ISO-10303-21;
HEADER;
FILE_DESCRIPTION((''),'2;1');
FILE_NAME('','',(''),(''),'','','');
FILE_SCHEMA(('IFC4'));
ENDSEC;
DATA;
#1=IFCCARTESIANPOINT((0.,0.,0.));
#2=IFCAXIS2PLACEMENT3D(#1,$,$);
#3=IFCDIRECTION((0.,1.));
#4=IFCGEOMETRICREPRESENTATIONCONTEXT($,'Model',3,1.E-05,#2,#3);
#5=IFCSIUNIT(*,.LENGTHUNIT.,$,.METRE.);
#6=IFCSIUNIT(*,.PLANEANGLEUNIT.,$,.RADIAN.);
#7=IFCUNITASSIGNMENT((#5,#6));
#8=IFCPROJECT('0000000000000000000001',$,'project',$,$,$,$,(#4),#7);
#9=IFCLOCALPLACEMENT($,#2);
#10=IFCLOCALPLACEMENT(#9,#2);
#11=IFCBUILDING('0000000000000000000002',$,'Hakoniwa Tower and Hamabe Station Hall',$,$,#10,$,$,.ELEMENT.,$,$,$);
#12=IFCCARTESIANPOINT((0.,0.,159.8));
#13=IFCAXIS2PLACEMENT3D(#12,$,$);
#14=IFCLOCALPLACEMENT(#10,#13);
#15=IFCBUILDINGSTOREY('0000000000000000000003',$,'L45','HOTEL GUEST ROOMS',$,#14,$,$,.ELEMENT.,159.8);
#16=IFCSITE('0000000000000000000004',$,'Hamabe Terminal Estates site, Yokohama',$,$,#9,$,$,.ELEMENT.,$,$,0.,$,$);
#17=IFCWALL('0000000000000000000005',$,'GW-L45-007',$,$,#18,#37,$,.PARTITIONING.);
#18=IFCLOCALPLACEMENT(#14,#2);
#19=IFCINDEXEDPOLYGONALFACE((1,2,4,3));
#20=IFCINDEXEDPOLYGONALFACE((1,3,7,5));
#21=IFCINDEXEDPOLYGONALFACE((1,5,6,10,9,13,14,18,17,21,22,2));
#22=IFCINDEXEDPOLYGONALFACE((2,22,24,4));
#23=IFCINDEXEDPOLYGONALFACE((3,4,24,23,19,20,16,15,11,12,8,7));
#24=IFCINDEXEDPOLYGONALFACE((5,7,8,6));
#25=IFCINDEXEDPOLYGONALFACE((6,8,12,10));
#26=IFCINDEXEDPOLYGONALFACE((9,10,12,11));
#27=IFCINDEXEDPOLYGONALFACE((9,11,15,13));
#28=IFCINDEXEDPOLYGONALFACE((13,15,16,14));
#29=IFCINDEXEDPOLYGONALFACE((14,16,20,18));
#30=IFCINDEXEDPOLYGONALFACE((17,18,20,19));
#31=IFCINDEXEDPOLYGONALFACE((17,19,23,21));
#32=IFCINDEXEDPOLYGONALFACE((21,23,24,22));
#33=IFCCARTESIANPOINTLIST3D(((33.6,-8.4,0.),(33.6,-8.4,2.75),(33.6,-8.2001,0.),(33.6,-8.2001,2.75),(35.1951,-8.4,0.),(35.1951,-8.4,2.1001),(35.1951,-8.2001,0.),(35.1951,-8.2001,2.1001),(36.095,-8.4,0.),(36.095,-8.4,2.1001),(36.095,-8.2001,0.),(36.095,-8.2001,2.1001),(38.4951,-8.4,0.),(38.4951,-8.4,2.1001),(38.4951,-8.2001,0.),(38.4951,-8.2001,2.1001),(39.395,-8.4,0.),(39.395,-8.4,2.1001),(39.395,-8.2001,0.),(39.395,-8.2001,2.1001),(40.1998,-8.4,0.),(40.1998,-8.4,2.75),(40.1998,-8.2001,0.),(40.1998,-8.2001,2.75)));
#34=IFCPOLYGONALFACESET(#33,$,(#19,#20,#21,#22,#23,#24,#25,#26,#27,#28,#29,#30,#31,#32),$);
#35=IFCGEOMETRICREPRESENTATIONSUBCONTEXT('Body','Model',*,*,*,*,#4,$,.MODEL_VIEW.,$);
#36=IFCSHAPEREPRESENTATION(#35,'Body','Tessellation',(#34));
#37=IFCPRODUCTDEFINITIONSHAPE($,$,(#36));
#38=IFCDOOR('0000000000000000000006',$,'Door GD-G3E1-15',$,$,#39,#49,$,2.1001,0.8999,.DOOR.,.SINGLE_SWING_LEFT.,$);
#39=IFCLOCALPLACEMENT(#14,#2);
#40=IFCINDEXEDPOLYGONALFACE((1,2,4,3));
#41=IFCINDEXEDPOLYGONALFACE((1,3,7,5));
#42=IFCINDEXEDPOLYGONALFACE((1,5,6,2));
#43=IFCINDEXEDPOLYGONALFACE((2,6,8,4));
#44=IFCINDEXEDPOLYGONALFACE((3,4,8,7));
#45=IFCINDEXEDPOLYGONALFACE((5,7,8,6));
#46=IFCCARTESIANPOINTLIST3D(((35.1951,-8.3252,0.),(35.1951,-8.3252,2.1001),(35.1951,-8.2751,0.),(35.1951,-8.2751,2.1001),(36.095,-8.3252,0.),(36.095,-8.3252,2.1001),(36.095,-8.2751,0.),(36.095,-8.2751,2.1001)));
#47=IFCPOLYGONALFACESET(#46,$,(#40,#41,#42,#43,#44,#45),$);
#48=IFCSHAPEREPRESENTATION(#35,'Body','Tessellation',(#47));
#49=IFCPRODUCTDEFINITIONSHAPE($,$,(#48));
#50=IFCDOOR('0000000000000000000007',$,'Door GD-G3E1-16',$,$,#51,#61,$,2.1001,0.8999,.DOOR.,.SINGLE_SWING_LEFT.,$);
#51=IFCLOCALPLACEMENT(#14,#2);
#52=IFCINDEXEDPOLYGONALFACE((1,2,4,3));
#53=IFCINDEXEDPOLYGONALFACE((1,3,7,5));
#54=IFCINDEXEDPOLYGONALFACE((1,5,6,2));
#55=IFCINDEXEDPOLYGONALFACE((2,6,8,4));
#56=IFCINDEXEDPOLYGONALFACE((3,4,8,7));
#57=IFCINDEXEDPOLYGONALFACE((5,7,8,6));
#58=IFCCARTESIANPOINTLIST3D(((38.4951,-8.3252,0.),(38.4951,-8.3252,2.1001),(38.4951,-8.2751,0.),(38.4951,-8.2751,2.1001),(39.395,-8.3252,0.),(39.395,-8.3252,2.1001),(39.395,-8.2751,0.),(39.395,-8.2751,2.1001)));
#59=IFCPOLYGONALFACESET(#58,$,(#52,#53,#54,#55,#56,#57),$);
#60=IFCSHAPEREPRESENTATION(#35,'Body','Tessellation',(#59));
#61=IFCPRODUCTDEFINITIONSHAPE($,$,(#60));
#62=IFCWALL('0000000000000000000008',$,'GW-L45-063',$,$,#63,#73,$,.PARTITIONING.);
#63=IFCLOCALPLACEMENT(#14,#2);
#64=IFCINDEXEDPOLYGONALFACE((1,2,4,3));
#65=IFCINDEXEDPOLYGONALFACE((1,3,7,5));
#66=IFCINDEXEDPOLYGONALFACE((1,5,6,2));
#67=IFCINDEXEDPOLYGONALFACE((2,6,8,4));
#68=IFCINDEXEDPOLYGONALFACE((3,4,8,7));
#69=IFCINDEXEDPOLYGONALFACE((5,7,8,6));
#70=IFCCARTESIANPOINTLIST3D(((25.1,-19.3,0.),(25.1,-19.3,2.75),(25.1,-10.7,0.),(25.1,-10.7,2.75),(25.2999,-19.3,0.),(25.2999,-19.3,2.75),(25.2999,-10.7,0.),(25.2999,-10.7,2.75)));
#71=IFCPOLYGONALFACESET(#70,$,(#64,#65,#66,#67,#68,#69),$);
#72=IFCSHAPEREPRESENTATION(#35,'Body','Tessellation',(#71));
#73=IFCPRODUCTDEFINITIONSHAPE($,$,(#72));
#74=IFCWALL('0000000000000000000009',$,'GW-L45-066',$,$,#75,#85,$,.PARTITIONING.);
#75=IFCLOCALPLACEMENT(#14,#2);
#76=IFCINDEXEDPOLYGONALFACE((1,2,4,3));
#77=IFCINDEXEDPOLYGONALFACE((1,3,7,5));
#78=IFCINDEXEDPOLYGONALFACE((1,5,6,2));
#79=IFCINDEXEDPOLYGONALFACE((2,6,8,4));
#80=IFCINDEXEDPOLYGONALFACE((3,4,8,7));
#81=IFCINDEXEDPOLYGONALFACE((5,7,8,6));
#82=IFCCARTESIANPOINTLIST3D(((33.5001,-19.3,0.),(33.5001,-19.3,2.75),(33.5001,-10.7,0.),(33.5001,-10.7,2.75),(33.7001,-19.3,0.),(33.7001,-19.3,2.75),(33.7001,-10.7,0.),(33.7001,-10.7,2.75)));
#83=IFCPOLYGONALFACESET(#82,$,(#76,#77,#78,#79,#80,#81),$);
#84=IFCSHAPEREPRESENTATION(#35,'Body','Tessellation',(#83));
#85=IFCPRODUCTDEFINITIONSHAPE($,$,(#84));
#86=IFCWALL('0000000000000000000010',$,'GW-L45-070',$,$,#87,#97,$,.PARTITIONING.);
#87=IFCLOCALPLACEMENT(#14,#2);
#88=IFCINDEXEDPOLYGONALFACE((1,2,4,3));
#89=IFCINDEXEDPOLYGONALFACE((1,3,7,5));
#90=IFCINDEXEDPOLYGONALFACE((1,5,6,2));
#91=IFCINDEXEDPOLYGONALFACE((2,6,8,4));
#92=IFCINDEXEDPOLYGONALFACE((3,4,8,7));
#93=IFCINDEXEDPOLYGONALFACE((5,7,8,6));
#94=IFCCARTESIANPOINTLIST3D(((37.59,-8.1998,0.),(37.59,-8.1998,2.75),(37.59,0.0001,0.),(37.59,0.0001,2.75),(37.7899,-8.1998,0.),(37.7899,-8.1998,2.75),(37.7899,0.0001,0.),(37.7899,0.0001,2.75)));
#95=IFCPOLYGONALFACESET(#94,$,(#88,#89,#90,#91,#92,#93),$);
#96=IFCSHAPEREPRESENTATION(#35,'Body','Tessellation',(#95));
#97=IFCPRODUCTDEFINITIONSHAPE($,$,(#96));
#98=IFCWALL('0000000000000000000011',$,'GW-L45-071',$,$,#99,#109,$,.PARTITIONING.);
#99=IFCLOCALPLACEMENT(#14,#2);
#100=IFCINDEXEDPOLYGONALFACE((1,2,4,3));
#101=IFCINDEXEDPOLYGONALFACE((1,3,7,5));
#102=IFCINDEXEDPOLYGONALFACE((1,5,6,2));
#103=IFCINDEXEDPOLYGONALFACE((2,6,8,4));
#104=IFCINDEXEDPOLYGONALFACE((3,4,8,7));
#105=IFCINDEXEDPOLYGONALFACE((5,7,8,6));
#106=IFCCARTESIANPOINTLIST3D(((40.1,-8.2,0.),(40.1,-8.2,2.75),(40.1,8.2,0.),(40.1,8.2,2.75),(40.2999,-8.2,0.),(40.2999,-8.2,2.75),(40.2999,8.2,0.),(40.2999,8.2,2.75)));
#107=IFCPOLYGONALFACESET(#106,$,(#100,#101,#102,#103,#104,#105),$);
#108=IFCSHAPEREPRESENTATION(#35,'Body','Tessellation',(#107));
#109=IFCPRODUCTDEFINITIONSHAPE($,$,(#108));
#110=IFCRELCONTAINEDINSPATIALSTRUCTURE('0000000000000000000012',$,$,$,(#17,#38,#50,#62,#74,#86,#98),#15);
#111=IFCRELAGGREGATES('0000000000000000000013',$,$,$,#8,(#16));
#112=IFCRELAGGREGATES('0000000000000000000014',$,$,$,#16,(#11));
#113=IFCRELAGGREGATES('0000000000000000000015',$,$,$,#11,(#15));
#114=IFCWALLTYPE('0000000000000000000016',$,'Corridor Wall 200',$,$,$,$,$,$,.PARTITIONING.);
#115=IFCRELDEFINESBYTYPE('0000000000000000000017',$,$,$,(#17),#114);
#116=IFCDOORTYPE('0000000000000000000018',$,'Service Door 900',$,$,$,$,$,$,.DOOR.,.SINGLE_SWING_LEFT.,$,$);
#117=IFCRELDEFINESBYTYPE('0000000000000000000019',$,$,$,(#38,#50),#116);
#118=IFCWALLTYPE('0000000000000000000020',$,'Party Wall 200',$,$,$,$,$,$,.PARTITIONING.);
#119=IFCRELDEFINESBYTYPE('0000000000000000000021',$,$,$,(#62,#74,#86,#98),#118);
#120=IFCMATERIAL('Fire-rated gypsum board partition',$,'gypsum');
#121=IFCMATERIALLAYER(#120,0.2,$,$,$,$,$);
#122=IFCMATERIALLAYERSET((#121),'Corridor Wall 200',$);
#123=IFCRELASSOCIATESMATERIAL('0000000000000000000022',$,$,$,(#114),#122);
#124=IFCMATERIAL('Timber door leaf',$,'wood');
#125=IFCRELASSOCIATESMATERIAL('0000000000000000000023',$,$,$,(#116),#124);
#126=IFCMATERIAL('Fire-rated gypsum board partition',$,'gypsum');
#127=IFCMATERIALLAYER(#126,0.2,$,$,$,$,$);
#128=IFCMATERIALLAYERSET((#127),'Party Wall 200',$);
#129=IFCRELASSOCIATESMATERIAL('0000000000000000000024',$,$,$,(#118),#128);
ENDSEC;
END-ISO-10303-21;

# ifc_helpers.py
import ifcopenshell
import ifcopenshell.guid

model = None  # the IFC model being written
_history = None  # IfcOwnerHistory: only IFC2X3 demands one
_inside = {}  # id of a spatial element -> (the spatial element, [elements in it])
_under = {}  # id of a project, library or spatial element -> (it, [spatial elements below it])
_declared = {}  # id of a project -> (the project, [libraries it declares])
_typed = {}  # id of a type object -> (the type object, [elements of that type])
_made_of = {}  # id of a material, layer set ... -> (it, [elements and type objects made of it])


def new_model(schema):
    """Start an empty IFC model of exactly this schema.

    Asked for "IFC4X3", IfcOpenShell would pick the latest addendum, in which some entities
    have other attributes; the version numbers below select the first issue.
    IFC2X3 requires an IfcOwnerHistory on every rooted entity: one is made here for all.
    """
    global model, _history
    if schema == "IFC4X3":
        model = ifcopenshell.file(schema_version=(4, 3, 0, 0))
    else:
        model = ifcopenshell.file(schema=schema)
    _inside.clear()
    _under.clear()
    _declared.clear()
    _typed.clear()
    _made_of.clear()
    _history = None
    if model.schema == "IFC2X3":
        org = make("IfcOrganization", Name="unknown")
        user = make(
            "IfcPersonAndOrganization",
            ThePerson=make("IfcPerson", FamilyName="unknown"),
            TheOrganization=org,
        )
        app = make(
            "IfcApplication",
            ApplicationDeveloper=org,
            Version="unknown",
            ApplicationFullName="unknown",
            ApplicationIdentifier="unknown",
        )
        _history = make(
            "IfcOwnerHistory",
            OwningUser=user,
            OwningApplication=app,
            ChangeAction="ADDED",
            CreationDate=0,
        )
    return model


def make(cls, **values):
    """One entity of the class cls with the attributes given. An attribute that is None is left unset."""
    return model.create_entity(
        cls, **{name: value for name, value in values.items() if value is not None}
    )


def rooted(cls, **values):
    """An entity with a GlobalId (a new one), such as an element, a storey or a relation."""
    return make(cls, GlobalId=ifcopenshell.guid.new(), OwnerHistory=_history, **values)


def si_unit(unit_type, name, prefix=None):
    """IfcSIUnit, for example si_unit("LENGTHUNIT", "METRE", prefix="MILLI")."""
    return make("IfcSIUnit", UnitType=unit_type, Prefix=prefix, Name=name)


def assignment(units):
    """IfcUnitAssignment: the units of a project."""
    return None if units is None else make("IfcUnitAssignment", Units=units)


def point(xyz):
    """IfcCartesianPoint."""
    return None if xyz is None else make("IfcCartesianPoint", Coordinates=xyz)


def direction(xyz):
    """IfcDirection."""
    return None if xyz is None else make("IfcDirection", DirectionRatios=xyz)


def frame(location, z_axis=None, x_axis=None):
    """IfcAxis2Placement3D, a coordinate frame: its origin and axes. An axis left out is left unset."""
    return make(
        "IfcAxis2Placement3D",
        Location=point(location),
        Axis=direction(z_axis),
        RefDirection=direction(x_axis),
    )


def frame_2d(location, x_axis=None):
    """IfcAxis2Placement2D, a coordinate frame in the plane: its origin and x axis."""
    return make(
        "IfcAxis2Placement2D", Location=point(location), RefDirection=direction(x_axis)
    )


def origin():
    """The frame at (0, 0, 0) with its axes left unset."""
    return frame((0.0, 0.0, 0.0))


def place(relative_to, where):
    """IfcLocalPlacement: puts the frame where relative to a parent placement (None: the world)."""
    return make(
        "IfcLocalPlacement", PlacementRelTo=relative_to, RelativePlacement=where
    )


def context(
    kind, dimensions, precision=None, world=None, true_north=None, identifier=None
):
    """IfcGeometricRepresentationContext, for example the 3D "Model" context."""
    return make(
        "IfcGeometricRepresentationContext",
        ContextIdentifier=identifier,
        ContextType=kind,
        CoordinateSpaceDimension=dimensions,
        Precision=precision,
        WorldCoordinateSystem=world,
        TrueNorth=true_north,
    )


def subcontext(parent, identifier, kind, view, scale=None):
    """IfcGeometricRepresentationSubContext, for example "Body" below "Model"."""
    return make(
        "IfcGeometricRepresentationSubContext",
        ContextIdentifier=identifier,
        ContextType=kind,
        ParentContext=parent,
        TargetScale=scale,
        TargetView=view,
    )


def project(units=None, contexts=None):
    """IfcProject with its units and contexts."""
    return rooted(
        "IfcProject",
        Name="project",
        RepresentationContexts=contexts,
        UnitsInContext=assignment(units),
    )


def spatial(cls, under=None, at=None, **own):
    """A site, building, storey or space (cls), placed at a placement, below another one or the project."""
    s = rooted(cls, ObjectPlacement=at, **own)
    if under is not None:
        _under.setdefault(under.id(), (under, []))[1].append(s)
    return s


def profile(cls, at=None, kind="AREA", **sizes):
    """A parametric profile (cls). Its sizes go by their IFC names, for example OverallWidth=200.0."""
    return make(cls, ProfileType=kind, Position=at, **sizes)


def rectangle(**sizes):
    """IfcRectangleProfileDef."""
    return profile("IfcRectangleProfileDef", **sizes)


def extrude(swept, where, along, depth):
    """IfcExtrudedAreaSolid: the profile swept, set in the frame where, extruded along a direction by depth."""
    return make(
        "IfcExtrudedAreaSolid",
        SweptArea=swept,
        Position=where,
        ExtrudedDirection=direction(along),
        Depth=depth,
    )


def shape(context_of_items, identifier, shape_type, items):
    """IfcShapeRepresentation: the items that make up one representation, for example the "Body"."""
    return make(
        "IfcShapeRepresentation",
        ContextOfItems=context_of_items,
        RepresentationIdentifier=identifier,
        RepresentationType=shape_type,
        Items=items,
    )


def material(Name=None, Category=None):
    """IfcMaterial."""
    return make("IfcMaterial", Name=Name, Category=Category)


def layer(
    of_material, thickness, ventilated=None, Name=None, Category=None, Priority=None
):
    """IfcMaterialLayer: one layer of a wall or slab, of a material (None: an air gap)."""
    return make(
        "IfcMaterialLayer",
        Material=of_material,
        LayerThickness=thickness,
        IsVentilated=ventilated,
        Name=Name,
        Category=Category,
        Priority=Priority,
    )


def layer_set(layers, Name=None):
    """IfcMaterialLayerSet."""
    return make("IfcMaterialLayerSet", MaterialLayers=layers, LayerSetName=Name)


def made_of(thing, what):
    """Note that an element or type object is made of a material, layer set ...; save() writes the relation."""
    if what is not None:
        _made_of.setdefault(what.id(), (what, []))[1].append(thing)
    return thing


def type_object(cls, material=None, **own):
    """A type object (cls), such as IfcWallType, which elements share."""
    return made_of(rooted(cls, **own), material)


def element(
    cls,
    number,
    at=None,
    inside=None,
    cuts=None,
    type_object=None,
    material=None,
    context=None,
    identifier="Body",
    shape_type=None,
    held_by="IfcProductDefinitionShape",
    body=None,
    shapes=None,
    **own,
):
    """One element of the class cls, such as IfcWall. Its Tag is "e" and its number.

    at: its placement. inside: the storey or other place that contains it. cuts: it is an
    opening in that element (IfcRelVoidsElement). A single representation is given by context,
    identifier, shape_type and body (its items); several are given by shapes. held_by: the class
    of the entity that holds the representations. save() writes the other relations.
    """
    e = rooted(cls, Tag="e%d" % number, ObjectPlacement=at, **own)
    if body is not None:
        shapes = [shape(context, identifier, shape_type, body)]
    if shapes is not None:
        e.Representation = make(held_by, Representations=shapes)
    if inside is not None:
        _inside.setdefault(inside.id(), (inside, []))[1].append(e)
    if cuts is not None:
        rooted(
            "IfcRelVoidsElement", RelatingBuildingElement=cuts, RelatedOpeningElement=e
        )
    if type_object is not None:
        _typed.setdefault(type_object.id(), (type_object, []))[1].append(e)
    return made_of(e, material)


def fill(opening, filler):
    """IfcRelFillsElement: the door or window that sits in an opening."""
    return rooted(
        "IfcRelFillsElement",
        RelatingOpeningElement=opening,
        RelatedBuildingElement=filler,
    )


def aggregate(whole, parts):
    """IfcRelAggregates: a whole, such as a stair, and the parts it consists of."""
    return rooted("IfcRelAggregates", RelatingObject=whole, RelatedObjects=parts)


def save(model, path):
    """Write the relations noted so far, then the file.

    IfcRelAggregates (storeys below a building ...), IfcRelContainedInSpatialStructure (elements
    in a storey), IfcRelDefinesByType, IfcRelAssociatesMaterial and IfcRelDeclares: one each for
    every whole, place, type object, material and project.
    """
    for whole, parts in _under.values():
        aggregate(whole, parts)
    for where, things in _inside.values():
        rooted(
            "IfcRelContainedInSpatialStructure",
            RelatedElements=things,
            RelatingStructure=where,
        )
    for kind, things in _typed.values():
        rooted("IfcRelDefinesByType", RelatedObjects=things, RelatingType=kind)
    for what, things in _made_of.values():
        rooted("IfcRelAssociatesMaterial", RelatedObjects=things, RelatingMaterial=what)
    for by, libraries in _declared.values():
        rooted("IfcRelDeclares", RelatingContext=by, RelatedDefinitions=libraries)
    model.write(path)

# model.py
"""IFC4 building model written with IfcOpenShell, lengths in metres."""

from ifc_helpers import new_model, si_unit, direction, frame, frame_2d, origin, place, context, subcontext, project, spatial, rectangle, extrude, material, layer, layer_set, type_object, element, fill, save


model = new_model("IFC4")

# Units and contexts
model_context = context("Model", 3, precision=1e-05, world=origin(), true_north=direction((0.0, 1.0)))
body_context = subcontext(model_context, "Body", "Model", "MODEL_VIEW")
ifc_project = project(units=[si_unit("LENGTHUNIT", "METRE"), si_unit("PLANEANGLEUNIT", "RADIAN")], contexts=[model_context])

# Site, building, storey
site_placement = place(None, origin())
site = spatial("IfcSite", under=ifc_project, at=site_placement, Name="Hamabe Terminal Estates site, Yokohama", CompositionType="ELEMENT", RefElevation=0.0)
building_placement = place(site_placement, origin())
building = spatial("IfcBuilding", under=site, at=building_placement, Name="Hakoniwa Tower and Hamabe Station Hall", CompositionType="ELEMENT")
storey_placement = place(building_placement, frame((0.0, 0.0, 159.8)))
storey = spatial("IfcBuildingStorey", under=building, at=storey_placement, Name="L45", Description="HOTEL GUEST ROOMS", CompositionType="ELEMENT", Elevation=159.8)

# Wall, openings, doors
ifc_material_1 = material(Name="Fire-rated gypsum board partition", Category="gypsum")
ifc_layer_1 = layer(ifc_material_1, 0.2)
ifc_layer_set_1 = layer_set([ifc_layer_1], Name="Corridor Wall 200")
wall_type_1 = type_object("IfcWallType", Name="Corridor Wall 200", PredefinedType="PARTITIONING", material=ifc_layer_set_1)
wall_1_placement = place(storey_placement, frame((33.6001, -8.3, 0.0), z_axis=(0.0, 0.0, 1.0), x_axis=(1.0, 0.0, 0.0)))
wall_1 = element("IfcWall", 1, at=wall_1_placement, inside=storey, type_object=wall_type_1, Name="GW-L45-007", PredefinedType="PARTITIONING", context=body_context, shape_type="SweptSolid", body=[
    extrude(rectangle(XDim=6.5999, YDim=0.2, at=frame_2d((3.2998, 0.0))), origin(), (0.0, 0.0, 1.0), 2.75),
])
opening_1_placement = place(wall_1_placement, frame((1.595, 0.0, 0.0)))
opening_1 = element("IfcOpeningElement", 2, at=opening_1_placement, cuts=wall_1, PredefinedType="OPENING", context=body_context, shape_type="SweptSolid", body=[
    extrude(rectangle(XDim=0.8999, YDim=2.1001, at=frame_2d((0.45, 1.05))), frame((0.0, 0.1099, 0.0), z_axis=(0.0, -1.0, 0.0), x_axis=(1.0, 0.0, 0.0)), (0.0, 0.0, 1.0), 0.22),
])
opening_2_placement = place(wall_1_placement, frame((4.895, 0.0, 0.0)))
opening_2 = element("IfcOpeningElement", 3, at=opening_2_placement, cuts=wall_1, PredefinedType="OPENING", context=body_context, shape_type="SweptSolid", body=[
    extrude(rectangle(XDim=0.8999, YDim=2.1001, at=frame_2d((0.45, 1.05))), frame((0.0, 0.1099, 0.0), z_axis=(0.0, -1.0, 0.0), x_axis=(1.0, 0.0, 0.0)), (0.0, 0.0, 1.0), 0.22),
])
ifc_material_2 = material(Name="Timber door leaf", Category="wood")
door_type_1 = type_object("IfcDoorType", Name="Service Door 900", OperationType="SINGLE_SWING_LEFT", PredefinedType="DOOR", material=ifc_material_2)
door_1_placement = place(opening_1_placement, origin())
door_1 = element("IfcDoor", 4, at=door_1_placement, inside=storey, type_object=door_type_1, Name="Door GD-G3E1-15", OperationType="SINGLE_SWING_LEFT", OverallHeight=2.1001, OverallWidth=0.8999, PredefinedType="DOOR", context=body_context, shape_type="SweptSolid", body=[
    extrude(rectangle(XDim=0.8999, YDim=2.1001, at=frame_2d((0.45, 1.05))), frame((0.0, 0.0249, 0.0), z_axis=(0.0, -1.0, 0.0), x_axis=(1.0, 0.0, 0.0)), (0.0, 0.0, 1.0), 0.05),
])
fill(opening_1, door_1)
door_2_placement = place(opening_2_placement, origin())
door_2 = element("IfcDoor", 5, at=door_2_placement, inside=storey, type_object=door_type_1, Name="Door GD-G3E1-16", OperationType="SINGLE_SWING_LEFT", OverallHeight=2.1001, OverallWidth=0.8999, PredefinedType="DOOR", context=body_context, shape_type="SweptSolid", body=[
    extrude(rectangle(XDim=0.8999, YDim=2.1001, at=frame_2d((0.45, 1.05))), frame((0.0, 0.0249, 0.0), z_axis=(0.0, -1.0, 0.0), x_axis=(1.0, 0.0, 0.0)), (0.0, 0.0, 1.0), 0.05),
])
fill(opening_2, door_2)

# Walls
ifc_material_3 = material(Name="Fire-rated gypsum board partition", Category="gypsum")
ifc_layer_2 = layer(ifc_material_3, 0.2)
ifc_layer_set_2 = layer_set([ifc_layer_2], Name="Party Wall 200")
wall_type_2 = type_object("IfcWallType", Name="Party Wall 200", PredefinedType="PARTITIONING", material=ifc_layer_set_2)
for number, where, z_axis, x_axis, name in (
    (6, (25.2, -19.3, 0.0), (0.0, 0.0, 1.0), (0.0, 1.0, 0.0), "GW-L45-063"),
    (7, (33.6001, -19.3, 0.0), (0.0, 0.0, 1.0), (0.0, 1.0, 0.0), "GW-L45-066"),
):
    element("IfcWall", number, at=place(storey_placement, frame(where, z_axis=z_axis, x_axis=x_axis)), inside=storey, type_object=wall_type_2, Name=name, PredefinedType="PARTITIONING", context=body_context, shape_type="SweptSolid", body=[
        extrude(rectangle(XDim=8.6001, YDim=0.2, at=frame_2d((4.3, 0.0))), origin(), (0.0, 0.0, 1.0), 2.75),
    ])
wall_2_placement = place(storey_placement, frame((37.6899, -8.2, 0.0), z_axis=(0.0, 0.0, 1.0), x_axis=(0.0, 1.0, 0.0)))
element("IfcWall", 8, at=wall_2_placement, inside=storey, type_object=wall_type_2, Name="GW-L45-070", PredefinedType="PARTITIONING", context=body_context, shape_type="SweptSolid", body=[
    extrude(rectangle(XDim=8.2, YDim=0.2, at=frame_2d((4.1001, 0.0))), origin(), (0.0, 0.0, 1.0), 2.75),
])
wall_3_placement = place(storey_placement, frame((40.2, -8.2, 0.0), z_axis=(0.0, 0.0, 1.0), x_axis=(0.0, 1.0, 0.0)))
element("IfcWall", 9, at=wall_3_placement, inside=storey, type_object=wall_type_2, Name="GW-L45-071", PredefinedType="PARTITIONING", context=body_context, shape_type="SweptSolid", body=[
    extrude(rectangle(XDim=16.3999, YDim=0.2, at=frame_2d((8.2, 0.0))), origin(), (0.0, 0.0, 1.0), 2.75),
])

save(model, "model.ifc")
